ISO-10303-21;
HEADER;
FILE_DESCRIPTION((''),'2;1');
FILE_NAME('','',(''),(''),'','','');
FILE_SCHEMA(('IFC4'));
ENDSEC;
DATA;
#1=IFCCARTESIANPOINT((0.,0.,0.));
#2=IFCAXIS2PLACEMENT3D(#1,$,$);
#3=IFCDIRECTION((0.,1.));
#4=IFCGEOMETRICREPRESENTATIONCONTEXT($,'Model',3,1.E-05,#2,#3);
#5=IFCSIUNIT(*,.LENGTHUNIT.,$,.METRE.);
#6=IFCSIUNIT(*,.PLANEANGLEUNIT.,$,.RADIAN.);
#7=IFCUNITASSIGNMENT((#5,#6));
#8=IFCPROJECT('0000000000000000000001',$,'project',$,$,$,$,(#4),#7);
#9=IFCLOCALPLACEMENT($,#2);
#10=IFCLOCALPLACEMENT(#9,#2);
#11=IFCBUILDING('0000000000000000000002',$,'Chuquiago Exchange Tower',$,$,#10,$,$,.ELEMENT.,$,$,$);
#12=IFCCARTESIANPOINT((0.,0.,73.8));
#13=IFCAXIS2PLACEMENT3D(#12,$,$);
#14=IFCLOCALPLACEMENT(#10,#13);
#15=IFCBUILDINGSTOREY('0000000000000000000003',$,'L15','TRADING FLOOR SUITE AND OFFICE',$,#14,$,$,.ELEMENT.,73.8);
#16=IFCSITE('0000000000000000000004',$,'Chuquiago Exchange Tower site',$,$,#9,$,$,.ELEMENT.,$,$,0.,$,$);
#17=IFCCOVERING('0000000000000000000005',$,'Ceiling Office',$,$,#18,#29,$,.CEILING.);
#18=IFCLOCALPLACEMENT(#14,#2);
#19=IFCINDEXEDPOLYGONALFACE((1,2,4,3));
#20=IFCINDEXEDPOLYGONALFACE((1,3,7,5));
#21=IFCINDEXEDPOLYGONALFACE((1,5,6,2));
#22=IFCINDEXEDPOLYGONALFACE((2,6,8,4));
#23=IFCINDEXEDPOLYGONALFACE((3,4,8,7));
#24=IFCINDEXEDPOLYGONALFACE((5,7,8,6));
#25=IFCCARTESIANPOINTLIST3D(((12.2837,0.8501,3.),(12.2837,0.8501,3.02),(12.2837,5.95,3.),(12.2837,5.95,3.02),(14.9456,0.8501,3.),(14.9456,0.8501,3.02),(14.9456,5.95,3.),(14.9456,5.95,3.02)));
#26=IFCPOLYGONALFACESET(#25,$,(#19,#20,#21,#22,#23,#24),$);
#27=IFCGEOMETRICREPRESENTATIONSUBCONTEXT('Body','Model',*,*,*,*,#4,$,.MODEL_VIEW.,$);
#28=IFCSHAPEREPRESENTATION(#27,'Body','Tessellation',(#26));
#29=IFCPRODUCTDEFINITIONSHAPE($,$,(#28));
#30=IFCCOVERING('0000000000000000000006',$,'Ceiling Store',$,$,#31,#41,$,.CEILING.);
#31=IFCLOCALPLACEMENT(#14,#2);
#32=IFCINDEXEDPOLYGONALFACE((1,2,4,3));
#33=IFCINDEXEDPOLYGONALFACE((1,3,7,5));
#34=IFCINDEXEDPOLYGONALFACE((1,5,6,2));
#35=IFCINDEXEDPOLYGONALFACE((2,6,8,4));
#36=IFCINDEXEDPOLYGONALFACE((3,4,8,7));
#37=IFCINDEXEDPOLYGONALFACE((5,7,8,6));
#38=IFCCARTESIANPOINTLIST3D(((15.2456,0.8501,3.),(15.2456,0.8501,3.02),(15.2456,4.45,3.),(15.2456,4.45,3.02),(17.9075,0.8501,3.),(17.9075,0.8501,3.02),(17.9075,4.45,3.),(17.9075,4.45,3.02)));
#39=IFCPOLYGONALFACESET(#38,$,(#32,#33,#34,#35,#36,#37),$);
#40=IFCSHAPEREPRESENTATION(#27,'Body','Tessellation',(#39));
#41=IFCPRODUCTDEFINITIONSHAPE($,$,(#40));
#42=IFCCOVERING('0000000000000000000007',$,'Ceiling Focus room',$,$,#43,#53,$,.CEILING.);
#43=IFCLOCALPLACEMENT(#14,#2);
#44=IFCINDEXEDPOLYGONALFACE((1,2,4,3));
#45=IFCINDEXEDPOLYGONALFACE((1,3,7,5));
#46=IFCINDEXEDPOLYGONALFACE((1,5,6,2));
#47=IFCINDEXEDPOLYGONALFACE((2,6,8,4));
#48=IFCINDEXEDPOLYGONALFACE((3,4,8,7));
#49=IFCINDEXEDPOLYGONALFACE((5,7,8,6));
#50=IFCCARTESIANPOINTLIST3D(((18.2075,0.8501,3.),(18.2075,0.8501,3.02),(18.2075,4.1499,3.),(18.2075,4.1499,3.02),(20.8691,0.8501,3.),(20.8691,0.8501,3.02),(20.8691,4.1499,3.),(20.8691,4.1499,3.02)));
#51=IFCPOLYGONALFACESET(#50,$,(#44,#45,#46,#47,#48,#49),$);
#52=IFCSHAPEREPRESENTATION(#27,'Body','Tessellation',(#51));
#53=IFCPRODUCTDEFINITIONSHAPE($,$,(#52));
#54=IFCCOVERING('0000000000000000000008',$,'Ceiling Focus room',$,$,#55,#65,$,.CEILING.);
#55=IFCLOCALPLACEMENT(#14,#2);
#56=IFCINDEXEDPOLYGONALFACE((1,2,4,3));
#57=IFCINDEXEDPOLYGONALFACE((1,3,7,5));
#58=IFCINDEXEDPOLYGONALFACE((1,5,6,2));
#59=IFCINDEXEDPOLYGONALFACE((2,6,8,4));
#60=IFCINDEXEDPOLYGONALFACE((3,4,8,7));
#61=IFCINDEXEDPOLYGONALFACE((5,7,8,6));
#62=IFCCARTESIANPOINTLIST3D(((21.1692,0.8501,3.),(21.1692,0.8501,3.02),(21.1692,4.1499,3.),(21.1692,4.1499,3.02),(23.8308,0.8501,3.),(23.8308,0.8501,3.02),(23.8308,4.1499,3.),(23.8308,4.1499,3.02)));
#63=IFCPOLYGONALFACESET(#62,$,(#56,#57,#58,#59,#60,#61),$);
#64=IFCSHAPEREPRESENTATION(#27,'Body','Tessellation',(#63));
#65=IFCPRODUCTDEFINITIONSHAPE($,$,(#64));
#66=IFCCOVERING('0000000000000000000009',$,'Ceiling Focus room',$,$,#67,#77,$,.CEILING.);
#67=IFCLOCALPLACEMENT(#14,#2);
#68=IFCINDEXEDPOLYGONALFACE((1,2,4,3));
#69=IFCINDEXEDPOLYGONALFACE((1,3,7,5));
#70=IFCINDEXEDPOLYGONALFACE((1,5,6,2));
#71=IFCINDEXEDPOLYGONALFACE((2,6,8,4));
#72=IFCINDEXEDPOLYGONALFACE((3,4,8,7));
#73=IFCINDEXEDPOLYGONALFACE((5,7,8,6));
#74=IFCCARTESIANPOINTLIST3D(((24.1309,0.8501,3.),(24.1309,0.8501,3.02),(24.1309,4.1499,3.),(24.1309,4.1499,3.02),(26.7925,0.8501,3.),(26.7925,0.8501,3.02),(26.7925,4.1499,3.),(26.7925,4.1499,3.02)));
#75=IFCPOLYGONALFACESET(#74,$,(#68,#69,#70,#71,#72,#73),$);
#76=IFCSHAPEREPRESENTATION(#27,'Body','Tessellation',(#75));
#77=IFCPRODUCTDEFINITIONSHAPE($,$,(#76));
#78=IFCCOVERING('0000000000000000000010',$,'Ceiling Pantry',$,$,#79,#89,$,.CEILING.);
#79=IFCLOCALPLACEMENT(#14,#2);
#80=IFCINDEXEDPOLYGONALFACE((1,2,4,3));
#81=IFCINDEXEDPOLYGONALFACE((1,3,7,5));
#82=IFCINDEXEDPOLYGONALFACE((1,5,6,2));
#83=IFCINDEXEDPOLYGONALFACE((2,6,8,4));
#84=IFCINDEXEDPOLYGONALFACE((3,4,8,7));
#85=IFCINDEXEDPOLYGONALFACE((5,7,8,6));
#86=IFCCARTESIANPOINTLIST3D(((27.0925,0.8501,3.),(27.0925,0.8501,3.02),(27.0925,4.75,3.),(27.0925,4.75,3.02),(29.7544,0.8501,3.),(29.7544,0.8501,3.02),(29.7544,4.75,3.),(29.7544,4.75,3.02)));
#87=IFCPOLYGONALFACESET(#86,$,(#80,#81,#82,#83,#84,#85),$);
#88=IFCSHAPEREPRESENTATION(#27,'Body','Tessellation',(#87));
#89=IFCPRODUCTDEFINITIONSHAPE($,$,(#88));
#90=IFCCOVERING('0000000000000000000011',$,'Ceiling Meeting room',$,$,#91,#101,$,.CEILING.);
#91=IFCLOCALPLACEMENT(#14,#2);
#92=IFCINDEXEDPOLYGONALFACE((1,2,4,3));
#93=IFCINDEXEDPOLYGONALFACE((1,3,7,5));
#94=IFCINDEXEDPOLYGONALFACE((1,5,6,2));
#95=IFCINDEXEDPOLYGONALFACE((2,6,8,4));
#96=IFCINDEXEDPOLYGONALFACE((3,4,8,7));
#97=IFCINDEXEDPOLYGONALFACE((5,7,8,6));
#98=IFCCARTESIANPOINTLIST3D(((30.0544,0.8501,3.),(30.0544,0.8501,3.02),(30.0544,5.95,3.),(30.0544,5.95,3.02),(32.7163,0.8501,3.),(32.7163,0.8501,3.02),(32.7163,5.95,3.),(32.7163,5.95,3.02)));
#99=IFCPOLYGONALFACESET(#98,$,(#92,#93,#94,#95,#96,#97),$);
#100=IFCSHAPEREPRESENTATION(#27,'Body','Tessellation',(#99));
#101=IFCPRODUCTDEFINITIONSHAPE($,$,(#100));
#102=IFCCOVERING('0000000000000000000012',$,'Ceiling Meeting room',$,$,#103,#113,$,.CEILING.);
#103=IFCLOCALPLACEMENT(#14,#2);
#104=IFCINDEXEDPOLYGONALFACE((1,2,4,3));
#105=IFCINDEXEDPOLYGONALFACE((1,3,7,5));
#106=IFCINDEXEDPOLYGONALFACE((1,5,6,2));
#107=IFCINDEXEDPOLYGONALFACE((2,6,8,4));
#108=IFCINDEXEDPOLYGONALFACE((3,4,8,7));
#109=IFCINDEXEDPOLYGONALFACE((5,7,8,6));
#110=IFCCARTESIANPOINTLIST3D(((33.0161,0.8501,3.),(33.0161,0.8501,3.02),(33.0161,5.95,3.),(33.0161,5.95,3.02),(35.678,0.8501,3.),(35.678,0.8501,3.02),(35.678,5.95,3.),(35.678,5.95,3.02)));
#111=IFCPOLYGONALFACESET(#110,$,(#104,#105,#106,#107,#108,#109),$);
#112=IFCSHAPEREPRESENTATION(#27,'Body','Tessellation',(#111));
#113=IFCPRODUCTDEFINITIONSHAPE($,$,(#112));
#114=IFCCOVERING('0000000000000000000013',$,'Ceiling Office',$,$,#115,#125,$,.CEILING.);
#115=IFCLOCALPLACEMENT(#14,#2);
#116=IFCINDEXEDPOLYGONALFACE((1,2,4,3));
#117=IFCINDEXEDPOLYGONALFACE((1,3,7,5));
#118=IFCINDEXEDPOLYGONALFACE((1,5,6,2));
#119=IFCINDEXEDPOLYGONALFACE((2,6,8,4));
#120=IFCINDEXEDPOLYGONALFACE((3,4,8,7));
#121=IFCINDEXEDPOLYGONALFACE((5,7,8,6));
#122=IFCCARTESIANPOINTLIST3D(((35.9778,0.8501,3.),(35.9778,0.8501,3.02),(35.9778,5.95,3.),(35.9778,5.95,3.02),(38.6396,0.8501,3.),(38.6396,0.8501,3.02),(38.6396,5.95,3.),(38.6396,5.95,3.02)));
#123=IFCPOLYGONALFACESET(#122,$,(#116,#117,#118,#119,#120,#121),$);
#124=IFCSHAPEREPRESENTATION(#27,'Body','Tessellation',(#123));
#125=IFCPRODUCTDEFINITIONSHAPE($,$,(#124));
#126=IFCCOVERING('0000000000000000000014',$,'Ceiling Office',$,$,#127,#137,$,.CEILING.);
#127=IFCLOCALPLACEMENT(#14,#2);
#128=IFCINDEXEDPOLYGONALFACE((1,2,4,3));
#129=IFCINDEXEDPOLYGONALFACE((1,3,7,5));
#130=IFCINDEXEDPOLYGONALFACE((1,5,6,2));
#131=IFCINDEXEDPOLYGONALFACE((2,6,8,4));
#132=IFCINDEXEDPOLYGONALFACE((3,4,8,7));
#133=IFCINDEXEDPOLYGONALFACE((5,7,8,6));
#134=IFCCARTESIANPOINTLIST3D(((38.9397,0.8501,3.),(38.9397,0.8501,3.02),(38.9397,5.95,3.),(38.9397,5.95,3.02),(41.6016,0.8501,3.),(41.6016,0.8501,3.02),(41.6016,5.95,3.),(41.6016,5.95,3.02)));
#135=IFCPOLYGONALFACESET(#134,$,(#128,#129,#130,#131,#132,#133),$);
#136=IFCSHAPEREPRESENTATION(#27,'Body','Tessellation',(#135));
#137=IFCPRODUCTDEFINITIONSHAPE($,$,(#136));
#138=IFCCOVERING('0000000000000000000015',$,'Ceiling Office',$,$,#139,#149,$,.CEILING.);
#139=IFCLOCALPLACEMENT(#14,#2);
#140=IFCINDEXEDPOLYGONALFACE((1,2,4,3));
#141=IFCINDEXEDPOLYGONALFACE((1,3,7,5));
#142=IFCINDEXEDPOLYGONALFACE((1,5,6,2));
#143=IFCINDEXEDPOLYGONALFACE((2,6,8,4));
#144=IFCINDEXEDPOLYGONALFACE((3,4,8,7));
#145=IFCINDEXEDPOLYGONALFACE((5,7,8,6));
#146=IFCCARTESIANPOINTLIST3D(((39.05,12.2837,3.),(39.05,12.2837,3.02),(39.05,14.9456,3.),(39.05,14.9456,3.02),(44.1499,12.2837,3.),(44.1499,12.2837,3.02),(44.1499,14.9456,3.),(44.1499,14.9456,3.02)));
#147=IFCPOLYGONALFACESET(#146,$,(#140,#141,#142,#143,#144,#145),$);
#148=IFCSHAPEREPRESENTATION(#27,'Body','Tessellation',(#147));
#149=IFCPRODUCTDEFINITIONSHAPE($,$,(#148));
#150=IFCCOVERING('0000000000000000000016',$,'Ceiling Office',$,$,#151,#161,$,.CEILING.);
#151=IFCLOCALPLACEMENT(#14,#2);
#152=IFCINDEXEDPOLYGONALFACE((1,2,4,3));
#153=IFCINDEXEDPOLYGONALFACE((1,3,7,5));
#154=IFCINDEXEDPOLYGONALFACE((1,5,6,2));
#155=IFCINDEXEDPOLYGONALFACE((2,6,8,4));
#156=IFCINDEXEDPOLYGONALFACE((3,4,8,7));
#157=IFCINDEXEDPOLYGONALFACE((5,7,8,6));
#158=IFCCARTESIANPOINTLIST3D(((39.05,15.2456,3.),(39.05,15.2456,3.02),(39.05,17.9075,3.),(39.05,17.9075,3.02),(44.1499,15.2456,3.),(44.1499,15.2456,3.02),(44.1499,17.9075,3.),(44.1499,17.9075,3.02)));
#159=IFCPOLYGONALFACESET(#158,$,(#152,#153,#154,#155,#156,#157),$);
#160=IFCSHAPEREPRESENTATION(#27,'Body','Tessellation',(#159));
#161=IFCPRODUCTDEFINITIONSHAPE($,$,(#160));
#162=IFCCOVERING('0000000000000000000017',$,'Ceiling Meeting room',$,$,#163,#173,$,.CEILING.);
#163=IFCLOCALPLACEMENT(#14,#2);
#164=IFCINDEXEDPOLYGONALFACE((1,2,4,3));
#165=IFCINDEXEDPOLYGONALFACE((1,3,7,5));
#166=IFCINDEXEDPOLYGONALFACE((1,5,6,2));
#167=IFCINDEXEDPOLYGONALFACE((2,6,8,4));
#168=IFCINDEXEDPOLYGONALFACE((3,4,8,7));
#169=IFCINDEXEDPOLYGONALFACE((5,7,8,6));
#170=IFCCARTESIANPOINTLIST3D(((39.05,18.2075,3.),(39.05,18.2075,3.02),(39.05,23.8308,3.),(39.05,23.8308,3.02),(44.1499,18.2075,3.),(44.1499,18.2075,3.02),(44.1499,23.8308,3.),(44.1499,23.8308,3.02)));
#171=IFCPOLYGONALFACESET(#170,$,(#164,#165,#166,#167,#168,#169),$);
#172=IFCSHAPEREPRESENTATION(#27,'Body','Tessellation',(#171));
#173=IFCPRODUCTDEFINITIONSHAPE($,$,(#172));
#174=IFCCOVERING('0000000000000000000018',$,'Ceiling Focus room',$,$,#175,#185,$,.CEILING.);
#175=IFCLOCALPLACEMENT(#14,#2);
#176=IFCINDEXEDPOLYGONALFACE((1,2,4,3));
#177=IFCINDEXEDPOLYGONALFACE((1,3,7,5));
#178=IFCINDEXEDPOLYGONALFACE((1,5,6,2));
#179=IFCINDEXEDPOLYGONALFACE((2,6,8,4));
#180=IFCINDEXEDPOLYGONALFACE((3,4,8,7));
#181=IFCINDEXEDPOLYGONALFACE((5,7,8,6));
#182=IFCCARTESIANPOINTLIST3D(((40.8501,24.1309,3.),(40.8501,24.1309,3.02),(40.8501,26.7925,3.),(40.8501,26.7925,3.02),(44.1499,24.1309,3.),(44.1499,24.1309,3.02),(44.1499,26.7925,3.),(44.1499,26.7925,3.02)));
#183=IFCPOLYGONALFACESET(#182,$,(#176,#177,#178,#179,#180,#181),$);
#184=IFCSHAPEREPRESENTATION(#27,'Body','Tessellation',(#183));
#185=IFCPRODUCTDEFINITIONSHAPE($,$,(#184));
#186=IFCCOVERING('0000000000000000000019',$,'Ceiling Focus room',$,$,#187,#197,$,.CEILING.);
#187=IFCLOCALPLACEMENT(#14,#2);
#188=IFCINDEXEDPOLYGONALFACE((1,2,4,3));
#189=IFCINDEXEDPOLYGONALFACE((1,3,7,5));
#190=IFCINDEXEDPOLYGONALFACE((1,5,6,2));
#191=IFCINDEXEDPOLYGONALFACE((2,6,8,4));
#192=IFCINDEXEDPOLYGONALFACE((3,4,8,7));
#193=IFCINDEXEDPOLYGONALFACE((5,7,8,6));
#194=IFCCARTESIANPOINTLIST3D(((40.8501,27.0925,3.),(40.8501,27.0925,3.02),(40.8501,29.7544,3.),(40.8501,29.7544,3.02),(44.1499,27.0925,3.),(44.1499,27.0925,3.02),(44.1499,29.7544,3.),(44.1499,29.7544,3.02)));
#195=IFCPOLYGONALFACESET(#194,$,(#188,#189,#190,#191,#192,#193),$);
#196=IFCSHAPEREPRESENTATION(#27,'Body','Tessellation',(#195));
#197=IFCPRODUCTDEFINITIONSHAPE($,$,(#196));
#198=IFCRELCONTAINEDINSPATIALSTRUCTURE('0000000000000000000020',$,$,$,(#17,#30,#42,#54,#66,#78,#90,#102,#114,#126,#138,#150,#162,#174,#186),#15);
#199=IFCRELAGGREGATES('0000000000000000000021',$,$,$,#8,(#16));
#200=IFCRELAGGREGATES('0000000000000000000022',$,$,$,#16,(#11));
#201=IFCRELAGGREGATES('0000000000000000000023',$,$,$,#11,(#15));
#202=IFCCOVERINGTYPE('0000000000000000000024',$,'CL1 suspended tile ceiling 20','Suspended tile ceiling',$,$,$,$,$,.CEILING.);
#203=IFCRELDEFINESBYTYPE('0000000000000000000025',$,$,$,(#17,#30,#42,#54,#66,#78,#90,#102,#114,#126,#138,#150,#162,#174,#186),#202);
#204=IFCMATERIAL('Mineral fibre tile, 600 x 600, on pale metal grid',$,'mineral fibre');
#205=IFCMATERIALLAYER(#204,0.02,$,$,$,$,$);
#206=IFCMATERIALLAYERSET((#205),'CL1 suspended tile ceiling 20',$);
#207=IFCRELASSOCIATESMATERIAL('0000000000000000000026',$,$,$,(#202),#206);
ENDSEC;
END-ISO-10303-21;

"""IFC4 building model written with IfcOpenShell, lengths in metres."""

from ifc_helpers import new_model, si_unit, direction, frame, origin, place, context, subcontext, project, spatial, polyline, outline, extrude, material, layer, layer_set, type_object, element, save


model = new_model("IFC4")

# Units and contexts
model_context = context("Model", 3, precision=1e-05, world=origin(), true_north=direction((0.0, 1.0)))
body_context = subcontext(model_context, "Body", "Model", "MODEL_VIEW")
ifc_project = project(units=[si_unit("LENGTHUNIT", "METRE"), si_unit("PLANEANGLEUNIT", "RADIAN")], contexts=[model_context])

# Site, building, storey
site_placement = place(None, origin())
site = spatial("IfcSite", under=ifc_project, at=site_placement, Name="Chuquiago Exchange Tower site", CompositionType="ELEMENT", RefElevation=0.0)
building_placement = place(site_placement, origin())
building = spatial("IfcBuilding", under=site, at=building_placement, Name="Chuquiago Exchange Tower", CompositionType="ELEMENT")
storey_placement = place(building_placement, frame((0.0, 0.0, 73.8)))
storey = spatial("IfcBuildingStorey", under=building, at=storey_placement, Name="L15", Description="TRADING FLOOR SUITE AND OFFICE", CompositionType="ELEMENT", Elevation=73.8)

# Coverings
ifc_material_1 = material(Name="Mineral fibre tile, 600 x 600, on pale metal grid", Category="mineral fibre")
ifc_layer_1 = layer(ifc_material_1, 0.02)
ifc_layer_set_1 = layer_set([ifc_layer_1], Name="CL1 suspended tile ceiling 20")
covering_type_1 = type_object("IfcCoveringType", Name="CL1 suspended tile ceiling 20", Description="Suspended tile ceiling", PredefinedType="CEILING", material=ifc_layer_set_1)
covering_1_placement = place(storey_placement, frame((0.0, 0.0, 3.0)))
element("IfcCovering", 1, at=covering_1_placement, inside=storey, type_object=covering_type_1, Name="Ceiling Office", PredefinedType="CEILING", context=body_context, shape_type="SweptSolid", body=[
    extrude(outline(polyline([(12.2837, 5.95), (14.9456, 5.95), (14.9456, 0.8501), (12.2837, 0.8501), (12.2837, 5.95)])), origin(), (0.0, 0.0, 1.0), 0.02),
])
covering_2_placement = place(storey_placement, frame((0.0, 0.0, 3.0)))
element("IfcCovering", 2, at=covering_2_placement, inside=storey, type_object=covering_type_1, Name="Ceiling Store", PredefinedType="CEILING", context=body_context, shape_type="SweptSolid", body=[
    extrude(outline(polyline([(15.2456, 4.45), (17.9075, 4.45), (17.9075, 0.8501), (15.2456, 0.8501), (15.2456, 4.45)])), origin(), (0.0, 0.0, 1.0), 0.02),
])
covering_3_placement = place(storey_placement, frame((0.0, 0.0, 3.0)))
element("IfcCovering", 3, at=covering_3_placement, inside=storey, type_object=covering_type_1, Name="Ceiling Focus room", PredefinedType="CEILING", context=body_context, shape_type="SweptSolid", body=[
    extrude(outline(polyline([(18.2075, 4.1499), (20.8691, 4.1499), (20.8691, 0.8501), (18.2075, 0.8501), (18.2075, 4.1499)])), origin(), (0.0, 0.0, 1.0), 0.02),
])
covering_4_placement = place(storey_placement, frame((0.0, 0.0, 3.0)))
element("IfcCovering", 4, at=covering_4_placement, inside=storey, type_object=covering_type_1, Name="Ceiling Focus room", PredefinedType="CEILING", context=body_context, shape_type="SweptSolid", body=[
    extrude(outline(polyline([(21.1692, 4.1499), (23.8308, 4.1499), (23.8308, 0.8501), (21.1692, 0.8501), (21.1692, 4.1499)])), origin(), (0.0, 0.0, 1.0), 0.02),
])
covering_5_placement = place(storey_placement, frame((0.0, 0.0, 3.0)))
element("IfcCovering", 5, at=covering_5_placement, inside=storey, type_object=covering_type_1, Name="Ceiling Focus room", PredefinedType="CEILING", context=body_context, shape_type="SweptSolid", body=[
    extrude(outline(polyline([(24.1309, 4.1499), (26.7925, 4.1499), (26.7925, 0.8501), (24.1309, 0.8501), (24.1309, 4.1499)])), origin(), (0.0, 0.0, 1.0), 0.02),
])
covering_6_placement = place(storey_placement, frame((0.0, 0.0, 3.0)))
element("IfcCovering", 6, at=covering_6_placement, inside=storey, type_object=covering_type_1, Name="Ceiling Pantry", PredefinedType="CEILING", context=body_context, shape_type="SweptSolid", body=[
    extrude(outline(polyline([(27.0925, 4.75), (29.7544, 4.75), (29.7544, 0.8501), (27.0925, 0.8501), (27.0925, 4.75)])), origin(), (0.0, 0.0, 1.0), 0.02),
])
covering_7_placement = place(storey_placement, frame((0.0, 0.0, 3.0)))
element("IfcCovering", 7, at=covering_7_placement, inside=storey, type_object=covering_type_1, Name="Ceiling Meeting room", PredefinedType="CEILING", context=body_context, shape_type="SweptSolid", body=[
    extrude(outline(polyline([(30.0544, 5.95), (32.7163, 5.95), (32.7163, 0.8501), (30.0544, 0.8501), (30.0544, 5.95)])), origin(), (0.0, 0.0, 1.0), 0.02),
])
covering_8_placement = place(storey_placement, frame((0.0, 0.0, 3.0)))
element("IfcCovering", 8, at=covering_8_placement, inside=storey, type_object=covering_type_1, Name="Ceiling Meeting room", PredefinedType="CEILING", context=body_context, shape_type="SweptSolid", body=[
    extrude(outline(polyline([(33.0161, 5.95), (35.678, 5.95), (35.678, 0.8501), (33.0161, 0.8501), (33.0161, 5.95)])), origin(), (0.0, 0.0, 1.0), 0.02),
])
covering_9_placement = place(storey_placement, frame((0.0, 0.0, 3.0)))
element("IfcCovering", 9, at=covering_9_placement, inside=storey, type_object=covering_type_1, Name="Ceiling Office", PredefinedType="CEILING", context=body_context, shape_type="SweptSolid", body=[
    extrude(outline(polyline([(35.9778, 5.95), (38.6396, 5.95), (38.6396, 0.8501), (35.9778, 0.8501), (35.9778, 5.95)])), origin(), (0.0, 0.0, 1.0), 0.02),
])
covering_10_placement = place(storey_placement, frame((0.0, 0.0, 3.0)))
element("IfcCovering", 10, at=covering_10_placement, inside=storey, type_object=covering_type_1, Name="Ceiling Office", PredefinedType="CEILING", context=body_context, shape_type="SweptSolid", body=[
    extrude(outline(polyline([(38.9397, 0.8501), (38.9397, 5.95), (41.6016, 5.95), (41.6016, 0.8501), (38.9397, 0.8501)])), origin(), (0.0, 0.0, 1.0), 0.02),
])
covering_11_placement = place(storey_placement, frame((0.0, 0.0, 3.0)))
element("IfcCovering", 11, at=covering_11_placement, inside=storey, type_object=covering_type_1, Name="Ceiling Office", PredefinedType="CEILING", context=body_context, shape_type="SweptSolid", body=[
    extrude(outline(polyline([(39.05, 12.2837), (39.05, 14.9456), (44.1499, 14.9456), (44.1499, 12.2837), (39.05, 12.2837)])), origin(), (0.0, 0.0, 1.0), 0.02),
])
covering_12_placement = place(storey_placement, frame((0.0, 0.0, 3.0)))
element("IfcCovering", 12, at=covering_12_placement, inside=storey, type_object=covering_type_1, Name="Ceiling Office", PredefinedType="CEILING", context=body_context, shape_type="SweptSolid", body=[
    extrude(outline(polyline([(39.05, 15.2456), (39.05, 17.9075), (44.1499, 17.9075), (44.1499, 15.2456), (39.05, 15.2456)])), origin(), (0.0, 0.0, 1.0), 0.02),
])
covering_13_placement = place(storey_placement, frame((0.0, 0.0, 3.0)))
element("IfcCovering", 13, at=covering_13_placement, inside=storey, type_object=covering_type_1, Name="Ceiling Meeting room", PredefinedType="CEILING", context=body_context, shape_type="SweptSolid", body=[
    extrude(outline(polyline([(39.05, 18.2075), (39.05, 23.8308), (44.1499, 23.8308), (44.1499, 18.2075), (39.05, 18.2075)])), origin(), (0.0, 0.0, 1.0), 0.02),
])
covering_14_placement = place(storey_placement, frame((0.0, 0.0, 3.0)))
element("IfcCovering", 14, at=covering_14_placement, inside=storey, type_object=covering_type_1, Name="Ceiling Focus room", PredefinedType="CEILING", context=body_context, shape_type="SweptSolid", body=[
    extrude(outline(polyline([(40.8501, 24.1309), (40.8501, 26.7925), (44.1499, 26.7925), (44.1499, 24.1309), (40.8501, 24.1309)])), origin(), (0.0, 0.0, 1.0), 0.02),
])
covering_15_placement = place(storey_placement, frame((0.0, 0.0, 3.0)))
element("IfcCovering", 15, at=covering_15_placement, inside=storey, type_object=covering_type_1, Name="Ceiling Focus room", PredefinedType="CEILING", context=body_context, shape_type="SweptSolid", body=[
    extrude(outline(polyline([(40.8501, 27.0925), (40.8501, 29.7544), (44.1499, 29.7544), (44.1499, 27.0925), (40.8501, 27.0925)])), origin(), (0.0, 0.0, 1.0), 0.02),
])

save(model, "model.ifc")
